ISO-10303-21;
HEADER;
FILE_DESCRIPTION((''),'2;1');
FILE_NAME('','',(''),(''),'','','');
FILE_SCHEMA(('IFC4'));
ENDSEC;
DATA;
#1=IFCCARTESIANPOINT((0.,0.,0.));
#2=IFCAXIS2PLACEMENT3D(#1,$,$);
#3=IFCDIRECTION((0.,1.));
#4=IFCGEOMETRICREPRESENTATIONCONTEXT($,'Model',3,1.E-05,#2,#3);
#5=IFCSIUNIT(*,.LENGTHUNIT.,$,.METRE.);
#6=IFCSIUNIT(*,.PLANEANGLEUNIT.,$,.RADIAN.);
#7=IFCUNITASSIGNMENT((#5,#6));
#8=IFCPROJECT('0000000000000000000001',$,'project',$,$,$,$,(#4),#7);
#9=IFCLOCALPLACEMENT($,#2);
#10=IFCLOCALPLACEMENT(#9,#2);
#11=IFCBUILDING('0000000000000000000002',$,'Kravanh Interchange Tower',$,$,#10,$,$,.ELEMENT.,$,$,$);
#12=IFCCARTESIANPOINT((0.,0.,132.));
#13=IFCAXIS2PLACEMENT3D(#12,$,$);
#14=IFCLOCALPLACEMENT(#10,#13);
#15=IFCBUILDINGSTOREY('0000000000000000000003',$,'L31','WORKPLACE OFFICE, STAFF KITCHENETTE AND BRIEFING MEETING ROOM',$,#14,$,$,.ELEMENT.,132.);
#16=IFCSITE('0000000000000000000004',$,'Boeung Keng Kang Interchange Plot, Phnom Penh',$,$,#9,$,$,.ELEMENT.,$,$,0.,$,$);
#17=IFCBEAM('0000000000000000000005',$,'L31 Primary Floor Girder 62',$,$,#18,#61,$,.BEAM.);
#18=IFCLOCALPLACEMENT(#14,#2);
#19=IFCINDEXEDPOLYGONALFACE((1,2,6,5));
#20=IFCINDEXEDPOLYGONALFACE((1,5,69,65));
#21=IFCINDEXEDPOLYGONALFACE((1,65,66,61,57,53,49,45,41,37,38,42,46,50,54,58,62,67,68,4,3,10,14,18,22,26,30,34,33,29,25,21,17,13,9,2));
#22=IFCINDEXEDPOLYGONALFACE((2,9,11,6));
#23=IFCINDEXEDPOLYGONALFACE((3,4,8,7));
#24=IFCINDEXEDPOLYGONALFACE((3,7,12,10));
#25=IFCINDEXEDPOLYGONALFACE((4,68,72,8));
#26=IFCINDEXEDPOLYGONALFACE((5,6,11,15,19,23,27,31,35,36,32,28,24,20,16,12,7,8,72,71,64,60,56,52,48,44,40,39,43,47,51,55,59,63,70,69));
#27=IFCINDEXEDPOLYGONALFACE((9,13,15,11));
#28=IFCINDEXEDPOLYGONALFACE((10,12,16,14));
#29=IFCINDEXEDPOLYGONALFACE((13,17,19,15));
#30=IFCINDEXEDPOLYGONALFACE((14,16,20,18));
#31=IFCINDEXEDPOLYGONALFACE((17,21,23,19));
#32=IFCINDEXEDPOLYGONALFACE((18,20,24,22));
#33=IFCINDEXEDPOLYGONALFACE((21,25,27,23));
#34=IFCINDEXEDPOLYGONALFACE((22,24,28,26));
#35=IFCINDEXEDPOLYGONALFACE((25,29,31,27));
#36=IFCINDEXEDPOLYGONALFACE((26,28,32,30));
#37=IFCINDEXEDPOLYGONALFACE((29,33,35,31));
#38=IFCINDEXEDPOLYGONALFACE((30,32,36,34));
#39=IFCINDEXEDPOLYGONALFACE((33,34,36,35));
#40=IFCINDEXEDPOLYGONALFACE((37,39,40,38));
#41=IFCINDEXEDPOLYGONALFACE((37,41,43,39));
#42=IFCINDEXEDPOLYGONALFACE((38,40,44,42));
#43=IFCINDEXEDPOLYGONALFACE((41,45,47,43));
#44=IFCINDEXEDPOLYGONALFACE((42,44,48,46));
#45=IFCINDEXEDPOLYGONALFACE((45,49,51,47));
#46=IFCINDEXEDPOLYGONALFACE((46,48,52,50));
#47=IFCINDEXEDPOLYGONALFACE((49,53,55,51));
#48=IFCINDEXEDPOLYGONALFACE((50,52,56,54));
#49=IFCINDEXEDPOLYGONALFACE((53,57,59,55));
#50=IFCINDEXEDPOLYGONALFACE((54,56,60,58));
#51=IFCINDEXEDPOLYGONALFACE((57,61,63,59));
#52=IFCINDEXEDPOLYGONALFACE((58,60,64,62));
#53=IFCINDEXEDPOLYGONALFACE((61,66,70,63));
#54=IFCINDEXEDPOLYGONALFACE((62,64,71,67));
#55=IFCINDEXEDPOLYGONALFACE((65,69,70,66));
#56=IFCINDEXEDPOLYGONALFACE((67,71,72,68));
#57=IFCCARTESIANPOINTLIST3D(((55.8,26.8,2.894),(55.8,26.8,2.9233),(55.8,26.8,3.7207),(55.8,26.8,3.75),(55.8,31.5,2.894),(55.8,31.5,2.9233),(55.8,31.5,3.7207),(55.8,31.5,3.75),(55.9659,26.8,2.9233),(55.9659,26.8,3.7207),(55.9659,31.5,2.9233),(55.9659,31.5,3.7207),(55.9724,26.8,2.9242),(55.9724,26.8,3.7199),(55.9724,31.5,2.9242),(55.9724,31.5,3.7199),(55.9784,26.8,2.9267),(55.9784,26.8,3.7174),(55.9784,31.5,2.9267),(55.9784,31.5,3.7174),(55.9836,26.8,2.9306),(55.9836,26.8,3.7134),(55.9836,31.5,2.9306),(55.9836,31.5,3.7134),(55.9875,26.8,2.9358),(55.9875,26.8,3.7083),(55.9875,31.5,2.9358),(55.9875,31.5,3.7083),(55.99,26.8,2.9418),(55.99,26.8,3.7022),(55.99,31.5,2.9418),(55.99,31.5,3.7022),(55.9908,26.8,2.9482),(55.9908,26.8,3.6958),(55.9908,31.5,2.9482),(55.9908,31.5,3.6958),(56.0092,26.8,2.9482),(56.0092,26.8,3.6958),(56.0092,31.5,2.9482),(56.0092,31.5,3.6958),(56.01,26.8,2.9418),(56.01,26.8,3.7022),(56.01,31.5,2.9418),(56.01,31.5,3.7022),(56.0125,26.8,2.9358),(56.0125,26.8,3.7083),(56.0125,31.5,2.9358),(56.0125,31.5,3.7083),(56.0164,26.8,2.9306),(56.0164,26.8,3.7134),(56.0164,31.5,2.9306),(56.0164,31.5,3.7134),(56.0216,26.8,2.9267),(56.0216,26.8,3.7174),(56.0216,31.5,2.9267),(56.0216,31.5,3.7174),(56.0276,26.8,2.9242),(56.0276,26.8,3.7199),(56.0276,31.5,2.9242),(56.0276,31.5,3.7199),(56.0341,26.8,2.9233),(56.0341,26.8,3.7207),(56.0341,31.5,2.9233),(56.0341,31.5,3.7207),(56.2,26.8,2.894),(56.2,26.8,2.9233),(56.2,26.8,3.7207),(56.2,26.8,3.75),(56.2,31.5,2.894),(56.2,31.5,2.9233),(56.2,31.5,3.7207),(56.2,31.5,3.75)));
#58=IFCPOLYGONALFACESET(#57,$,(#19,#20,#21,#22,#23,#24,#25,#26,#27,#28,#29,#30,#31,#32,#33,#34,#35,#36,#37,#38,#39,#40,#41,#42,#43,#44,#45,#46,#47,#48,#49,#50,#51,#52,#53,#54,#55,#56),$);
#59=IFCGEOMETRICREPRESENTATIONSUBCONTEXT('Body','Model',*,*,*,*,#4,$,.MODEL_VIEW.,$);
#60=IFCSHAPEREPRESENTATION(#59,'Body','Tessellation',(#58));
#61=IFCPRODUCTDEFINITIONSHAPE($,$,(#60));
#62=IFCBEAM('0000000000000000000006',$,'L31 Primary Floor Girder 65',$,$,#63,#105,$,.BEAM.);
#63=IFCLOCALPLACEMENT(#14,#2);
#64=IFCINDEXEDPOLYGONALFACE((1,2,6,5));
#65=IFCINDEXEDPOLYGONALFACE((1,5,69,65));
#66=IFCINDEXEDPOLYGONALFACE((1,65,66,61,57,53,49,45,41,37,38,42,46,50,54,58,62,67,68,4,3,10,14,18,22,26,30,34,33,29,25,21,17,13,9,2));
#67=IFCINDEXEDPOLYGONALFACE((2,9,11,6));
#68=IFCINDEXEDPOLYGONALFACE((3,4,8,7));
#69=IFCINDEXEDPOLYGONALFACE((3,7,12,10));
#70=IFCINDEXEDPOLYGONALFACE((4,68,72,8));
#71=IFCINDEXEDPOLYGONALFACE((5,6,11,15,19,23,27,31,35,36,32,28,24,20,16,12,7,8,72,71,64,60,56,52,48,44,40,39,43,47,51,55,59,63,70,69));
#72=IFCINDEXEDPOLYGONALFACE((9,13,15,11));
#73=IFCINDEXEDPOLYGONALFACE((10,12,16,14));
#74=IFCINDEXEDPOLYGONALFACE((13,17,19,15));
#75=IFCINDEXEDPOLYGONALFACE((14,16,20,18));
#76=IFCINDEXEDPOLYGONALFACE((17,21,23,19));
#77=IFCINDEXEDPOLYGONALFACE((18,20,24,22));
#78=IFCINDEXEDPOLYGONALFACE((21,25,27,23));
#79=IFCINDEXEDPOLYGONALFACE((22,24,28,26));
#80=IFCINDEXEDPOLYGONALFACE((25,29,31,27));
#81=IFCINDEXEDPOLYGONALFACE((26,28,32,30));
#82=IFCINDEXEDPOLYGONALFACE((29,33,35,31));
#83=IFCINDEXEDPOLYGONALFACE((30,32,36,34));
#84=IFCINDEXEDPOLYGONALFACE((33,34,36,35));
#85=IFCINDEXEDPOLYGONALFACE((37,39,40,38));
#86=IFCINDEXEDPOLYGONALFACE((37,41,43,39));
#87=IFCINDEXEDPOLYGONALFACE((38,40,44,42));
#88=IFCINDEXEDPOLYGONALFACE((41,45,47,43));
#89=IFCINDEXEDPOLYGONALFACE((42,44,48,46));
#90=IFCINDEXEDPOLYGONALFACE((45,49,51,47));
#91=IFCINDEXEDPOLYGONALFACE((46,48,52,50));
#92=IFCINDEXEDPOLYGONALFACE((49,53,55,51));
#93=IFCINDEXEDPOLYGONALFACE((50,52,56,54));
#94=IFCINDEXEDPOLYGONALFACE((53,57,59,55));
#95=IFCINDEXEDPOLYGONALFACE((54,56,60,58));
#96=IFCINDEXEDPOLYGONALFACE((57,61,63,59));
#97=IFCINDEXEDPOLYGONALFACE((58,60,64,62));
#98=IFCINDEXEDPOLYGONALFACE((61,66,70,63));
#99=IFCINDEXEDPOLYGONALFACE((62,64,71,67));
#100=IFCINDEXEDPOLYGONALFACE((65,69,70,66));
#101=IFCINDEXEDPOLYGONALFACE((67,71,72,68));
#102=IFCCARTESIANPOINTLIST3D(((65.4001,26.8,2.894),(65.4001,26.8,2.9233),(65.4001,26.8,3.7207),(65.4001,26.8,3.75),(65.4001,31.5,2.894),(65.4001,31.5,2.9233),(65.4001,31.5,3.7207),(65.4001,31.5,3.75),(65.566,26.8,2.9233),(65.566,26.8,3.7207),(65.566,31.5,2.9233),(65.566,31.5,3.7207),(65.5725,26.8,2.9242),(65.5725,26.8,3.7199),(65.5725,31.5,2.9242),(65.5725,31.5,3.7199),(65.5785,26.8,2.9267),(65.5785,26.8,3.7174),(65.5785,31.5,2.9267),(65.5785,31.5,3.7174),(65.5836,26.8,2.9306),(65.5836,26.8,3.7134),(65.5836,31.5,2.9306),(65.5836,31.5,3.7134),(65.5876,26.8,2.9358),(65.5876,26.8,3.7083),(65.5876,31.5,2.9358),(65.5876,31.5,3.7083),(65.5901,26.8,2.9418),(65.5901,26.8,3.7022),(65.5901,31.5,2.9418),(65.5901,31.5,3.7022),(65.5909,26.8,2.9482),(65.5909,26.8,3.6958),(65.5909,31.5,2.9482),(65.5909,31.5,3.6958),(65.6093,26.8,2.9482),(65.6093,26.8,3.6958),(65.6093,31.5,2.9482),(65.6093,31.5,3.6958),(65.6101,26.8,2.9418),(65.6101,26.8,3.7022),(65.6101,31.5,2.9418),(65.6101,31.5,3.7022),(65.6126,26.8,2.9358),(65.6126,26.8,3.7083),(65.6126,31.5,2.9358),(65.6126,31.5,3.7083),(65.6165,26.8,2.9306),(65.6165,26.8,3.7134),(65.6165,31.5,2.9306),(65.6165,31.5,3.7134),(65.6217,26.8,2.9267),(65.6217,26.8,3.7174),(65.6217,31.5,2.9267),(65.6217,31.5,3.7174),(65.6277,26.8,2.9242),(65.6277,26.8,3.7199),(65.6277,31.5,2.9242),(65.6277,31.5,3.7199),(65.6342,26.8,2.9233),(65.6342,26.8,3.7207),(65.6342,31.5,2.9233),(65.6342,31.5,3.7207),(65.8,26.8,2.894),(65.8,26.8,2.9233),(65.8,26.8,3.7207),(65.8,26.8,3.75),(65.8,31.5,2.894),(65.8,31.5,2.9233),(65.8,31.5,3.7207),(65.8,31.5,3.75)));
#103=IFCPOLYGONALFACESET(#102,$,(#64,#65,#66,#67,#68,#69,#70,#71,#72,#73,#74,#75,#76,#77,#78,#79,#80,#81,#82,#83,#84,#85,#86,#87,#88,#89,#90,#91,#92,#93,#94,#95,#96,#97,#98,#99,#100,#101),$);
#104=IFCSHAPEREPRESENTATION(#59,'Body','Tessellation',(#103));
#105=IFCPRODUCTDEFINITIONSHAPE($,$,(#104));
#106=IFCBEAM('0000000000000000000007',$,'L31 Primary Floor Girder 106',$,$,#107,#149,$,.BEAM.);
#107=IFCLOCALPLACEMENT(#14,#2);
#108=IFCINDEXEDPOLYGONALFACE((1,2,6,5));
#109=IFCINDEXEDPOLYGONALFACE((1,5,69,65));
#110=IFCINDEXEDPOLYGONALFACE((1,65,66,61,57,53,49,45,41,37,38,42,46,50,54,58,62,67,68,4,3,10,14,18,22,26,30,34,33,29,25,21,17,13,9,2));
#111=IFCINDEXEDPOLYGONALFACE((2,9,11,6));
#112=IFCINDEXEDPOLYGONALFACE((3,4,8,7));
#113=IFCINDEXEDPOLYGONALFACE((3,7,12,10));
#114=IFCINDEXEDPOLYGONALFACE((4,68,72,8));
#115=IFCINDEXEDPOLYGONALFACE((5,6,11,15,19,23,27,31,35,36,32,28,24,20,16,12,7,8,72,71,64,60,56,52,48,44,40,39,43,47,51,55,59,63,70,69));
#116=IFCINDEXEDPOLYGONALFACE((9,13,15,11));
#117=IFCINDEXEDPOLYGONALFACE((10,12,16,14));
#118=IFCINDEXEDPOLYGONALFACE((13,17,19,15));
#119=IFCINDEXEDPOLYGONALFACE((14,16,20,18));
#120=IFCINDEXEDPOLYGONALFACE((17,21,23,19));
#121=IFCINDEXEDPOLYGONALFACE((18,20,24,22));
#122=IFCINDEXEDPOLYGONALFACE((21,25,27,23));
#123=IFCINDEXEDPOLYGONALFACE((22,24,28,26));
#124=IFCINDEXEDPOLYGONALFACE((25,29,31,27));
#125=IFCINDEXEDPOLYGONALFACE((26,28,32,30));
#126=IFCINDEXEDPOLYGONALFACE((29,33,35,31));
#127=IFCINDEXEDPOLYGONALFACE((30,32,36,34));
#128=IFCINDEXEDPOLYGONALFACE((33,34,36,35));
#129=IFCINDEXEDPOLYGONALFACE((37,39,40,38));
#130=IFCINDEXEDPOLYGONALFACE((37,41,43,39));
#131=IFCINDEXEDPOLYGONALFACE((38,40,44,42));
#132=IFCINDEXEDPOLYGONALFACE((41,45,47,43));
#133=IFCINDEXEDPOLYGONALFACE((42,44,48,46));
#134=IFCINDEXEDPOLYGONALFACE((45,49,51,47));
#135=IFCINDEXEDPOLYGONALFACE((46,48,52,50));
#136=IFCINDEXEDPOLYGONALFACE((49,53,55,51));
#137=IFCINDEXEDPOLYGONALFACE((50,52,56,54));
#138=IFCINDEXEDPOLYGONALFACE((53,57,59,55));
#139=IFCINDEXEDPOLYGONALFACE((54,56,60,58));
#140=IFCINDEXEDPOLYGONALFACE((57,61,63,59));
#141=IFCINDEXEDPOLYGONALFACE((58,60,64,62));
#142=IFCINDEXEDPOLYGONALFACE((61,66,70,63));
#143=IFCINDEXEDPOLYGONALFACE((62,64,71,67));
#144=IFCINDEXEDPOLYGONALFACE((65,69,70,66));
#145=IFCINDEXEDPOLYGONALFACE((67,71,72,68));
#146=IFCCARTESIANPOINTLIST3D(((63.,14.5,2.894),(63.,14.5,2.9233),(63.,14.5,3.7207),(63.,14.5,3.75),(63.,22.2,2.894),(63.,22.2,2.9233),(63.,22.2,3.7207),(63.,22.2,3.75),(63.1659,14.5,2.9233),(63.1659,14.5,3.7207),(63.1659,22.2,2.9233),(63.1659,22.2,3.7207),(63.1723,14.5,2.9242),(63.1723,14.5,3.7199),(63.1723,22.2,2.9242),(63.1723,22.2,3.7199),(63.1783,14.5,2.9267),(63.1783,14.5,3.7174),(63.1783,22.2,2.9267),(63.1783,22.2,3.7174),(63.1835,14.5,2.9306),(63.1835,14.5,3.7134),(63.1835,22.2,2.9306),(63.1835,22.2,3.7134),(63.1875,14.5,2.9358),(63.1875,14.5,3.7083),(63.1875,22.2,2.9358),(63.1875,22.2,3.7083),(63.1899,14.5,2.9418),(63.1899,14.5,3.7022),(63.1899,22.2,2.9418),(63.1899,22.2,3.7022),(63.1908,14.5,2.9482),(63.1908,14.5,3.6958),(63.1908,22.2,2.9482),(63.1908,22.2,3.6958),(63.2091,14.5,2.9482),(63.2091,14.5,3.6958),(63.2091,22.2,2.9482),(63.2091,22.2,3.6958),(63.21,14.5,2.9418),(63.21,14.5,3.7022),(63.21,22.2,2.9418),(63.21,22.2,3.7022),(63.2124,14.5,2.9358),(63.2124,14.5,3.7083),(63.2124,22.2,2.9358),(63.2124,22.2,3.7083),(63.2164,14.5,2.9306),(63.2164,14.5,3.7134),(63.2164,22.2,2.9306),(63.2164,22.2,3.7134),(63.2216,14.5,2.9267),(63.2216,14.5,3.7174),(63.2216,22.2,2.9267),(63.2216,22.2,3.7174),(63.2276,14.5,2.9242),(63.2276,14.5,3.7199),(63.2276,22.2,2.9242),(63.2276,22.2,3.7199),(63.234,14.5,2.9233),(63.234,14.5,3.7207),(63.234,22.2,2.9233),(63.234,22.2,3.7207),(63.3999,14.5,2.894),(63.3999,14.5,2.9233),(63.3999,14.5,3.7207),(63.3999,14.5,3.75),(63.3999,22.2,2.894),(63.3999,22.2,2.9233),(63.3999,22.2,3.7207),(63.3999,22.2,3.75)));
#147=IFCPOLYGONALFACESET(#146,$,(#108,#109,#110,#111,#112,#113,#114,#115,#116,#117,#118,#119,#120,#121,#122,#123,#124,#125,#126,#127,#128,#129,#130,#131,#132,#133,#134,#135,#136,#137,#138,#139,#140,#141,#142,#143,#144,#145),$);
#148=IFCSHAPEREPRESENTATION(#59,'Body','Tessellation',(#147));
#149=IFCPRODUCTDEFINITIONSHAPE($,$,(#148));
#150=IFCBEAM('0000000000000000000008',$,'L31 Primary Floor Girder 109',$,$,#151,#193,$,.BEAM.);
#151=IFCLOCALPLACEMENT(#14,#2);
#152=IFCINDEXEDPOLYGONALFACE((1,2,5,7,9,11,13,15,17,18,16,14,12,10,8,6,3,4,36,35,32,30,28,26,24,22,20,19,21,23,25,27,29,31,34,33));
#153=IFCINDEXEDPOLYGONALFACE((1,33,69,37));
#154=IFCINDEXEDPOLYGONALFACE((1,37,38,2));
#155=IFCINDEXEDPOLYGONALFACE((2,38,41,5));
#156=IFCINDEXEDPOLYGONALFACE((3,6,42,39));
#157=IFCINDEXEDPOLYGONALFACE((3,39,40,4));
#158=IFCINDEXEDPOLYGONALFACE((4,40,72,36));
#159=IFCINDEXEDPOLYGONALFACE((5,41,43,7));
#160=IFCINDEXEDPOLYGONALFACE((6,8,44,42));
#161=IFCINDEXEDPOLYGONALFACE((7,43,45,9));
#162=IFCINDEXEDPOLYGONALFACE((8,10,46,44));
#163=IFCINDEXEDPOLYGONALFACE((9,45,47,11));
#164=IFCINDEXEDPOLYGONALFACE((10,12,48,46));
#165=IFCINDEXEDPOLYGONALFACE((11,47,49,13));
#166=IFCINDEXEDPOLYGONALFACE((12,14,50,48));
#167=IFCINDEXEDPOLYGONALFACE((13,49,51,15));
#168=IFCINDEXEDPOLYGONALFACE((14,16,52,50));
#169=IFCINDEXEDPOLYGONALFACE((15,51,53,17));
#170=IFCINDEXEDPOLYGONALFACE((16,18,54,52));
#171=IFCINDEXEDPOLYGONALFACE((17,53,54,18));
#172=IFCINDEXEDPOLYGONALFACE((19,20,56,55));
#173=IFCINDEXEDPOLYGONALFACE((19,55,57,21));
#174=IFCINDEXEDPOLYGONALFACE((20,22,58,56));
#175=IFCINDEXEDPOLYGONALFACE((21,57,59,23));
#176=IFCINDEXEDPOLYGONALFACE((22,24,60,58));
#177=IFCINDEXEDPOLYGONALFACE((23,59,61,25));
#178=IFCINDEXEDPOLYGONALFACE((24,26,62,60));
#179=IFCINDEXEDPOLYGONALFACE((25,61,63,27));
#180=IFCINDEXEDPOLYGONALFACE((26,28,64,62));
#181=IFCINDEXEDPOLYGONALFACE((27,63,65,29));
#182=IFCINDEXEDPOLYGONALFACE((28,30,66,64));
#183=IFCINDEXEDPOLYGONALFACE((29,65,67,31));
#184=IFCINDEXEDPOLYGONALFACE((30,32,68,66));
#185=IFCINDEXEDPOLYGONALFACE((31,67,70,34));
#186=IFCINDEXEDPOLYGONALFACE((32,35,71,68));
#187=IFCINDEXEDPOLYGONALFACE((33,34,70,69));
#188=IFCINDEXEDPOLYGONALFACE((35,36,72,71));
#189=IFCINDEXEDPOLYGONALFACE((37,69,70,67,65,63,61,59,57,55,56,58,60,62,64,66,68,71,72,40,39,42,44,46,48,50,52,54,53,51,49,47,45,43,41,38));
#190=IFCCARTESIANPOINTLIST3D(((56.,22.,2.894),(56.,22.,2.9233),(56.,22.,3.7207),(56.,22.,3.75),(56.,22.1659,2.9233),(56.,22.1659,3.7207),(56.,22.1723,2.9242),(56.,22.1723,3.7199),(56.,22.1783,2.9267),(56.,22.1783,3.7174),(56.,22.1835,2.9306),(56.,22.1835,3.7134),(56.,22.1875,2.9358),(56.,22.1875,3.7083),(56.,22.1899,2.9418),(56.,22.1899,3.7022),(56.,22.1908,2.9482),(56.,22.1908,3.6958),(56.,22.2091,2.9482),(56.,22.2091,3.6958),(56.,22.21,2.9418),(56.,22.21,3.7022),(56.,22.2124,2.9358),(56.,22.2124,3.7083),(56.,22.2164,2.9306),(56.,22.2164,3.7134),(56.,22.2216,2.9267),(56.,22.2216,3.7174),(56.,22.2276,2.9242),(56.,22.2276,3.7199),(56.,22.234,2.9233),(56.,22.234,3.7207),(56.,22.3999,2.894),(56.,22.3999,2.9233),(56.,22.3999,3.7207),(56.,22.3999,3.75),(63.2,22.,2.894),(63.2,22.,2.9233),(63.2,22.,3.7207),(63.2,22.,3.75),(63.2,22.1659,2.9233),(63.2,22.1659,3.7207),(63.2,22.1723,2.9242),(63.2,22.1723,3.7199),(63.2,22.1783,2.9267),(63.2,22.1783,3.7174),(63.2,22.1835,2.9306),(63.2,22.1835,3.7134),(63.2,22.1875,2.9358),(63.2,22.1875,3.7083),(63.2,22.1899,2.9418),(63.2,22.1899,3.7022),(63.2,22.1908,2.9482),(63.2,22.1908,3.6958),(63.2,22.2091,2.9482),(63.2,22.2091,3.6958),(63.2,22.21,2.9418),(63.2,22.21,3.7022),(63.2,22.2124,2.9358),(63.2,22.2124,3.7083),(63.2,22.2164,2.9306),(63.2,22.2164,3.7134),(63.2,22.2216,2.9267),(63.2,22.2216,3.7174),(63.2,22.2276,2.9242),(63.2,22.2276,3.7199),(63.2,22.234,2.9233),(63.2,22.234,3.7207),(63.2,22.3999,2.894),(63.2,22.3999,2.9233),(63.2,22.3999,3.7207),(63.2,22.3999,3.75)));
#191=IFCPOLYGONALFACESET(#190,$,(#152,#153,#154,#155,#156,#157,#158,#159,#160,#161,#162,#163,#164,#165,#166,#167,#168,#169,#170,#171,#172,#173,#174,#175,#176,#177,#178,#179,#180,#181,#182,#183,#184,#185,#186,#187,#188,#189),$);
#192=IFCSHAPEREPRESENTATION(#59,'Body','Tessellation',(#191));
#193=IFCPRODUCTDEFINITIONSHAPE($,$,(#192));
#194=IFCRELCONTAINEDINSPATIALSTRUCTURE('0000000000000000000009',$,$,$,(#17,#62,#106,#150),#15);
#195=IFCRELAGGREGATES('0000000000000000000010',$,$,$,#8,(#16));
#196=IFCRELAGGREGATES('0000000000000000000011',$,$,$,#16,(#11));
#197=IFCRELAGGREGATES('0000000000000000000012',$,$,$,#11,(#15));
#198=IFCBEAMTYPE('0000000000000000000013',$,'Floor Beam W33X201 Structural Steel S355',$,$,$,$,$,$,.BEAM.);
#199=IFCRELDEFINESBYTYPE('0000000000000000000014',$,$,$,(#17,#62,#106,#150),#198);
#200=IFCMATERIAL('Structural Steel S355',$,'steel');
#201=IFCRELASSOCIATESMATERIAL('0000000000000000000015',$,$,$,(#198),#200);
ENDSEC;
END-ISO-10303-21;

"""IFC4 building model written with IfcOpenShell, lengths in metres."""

from ifc_helpers import new_model, si_unit, direction, frame, origin, origin_2d, place, context, subcontext, project, spatial, i_section, extrude, material, material_profile, profile_set, type_object, element, save


model = new_model("IFC4")

# Units and contexts
model_context = context("Model", 3, precision=1e-05, world=origin(), true_north=direction((0.0, 1.0)))
body_context = subcontext(model_context, "Body", "Model", "MODEL_VIEW")
ifc_project = project(units=[si_unit("LENGTHUNIT", "METRE"), si_unit("PLANEANGLEUNIT", "RADIAN")], contexts=[model_context])

# Site, building, storey
site_placement = place(None, origin())
site = spatial("IfcSite", under=ifc_project, at=site_placement, Name="Boeung Keng Kang Interchange Plot, Phnom Penh", CompositionType="ELEMENT", RefElevation=0.0)
building_placement = place(site_placement, origin())
building = spatial("IfcBuilding", under=site, at=building_placement, Name="Kravanh Interchange Tower", CompositionType="ELEMENT")
storey_placement = place(building_placement, frame((0.0, 0.0, 132.0)))
storey = spatial("IfcBuildingStorey", under=building, at=storey_placement, Name="L31", Description="WORKPLACE OFFICE, STAFF KITCHENETTE AND BRIEFING MEETING ROOM", CompositionType="ELEMENT", Elevation=132.0)

# Beams
ifc_material_1 = material(Name="Structural Steel S355", Category="steel")
ifc_material_profile_1 = material_profile(ifc_material_1, i_section(OverallWidth=0.3999, OverallDepth=0.856, WebThickness=0.0183, FlangeThickness=0.0293, FilletRadius=0.0249, at=origin_2d()), Name="W33X201")
ifc_profile_set_1 = profile_set([ifc_material_profile_1], Name="Structural Steel S355")
beam_type_1 = type_object("IfcBeamType", Name="Floor Beam W33X201 Structural Steel S355", PredefinedType="BEAM", material=ifc_profile_set_1)
for number, where, z_axis, x_axis, name in (
    (1, (56.0, 26.8, 3.322), (0.0, 1.0, 0.0), (-1.0, 0.0, 0.0), "L31 Primary Floor Girder 62"),
    (2, (65.6001, 26.8, 3.322), (0.0, 1.0, 0.0), (-1.0, 0.0, 0.0), "L31 Primary Floor Girder 65"),
):
    element("IfcBeam", number, at=place(storey_placement, frame(where, z_axis=z_axis, x_axis=x_axis)), inside=storey, type_object=beam_type_1, Name=name, PredefinedType="BEAM", context=body_context, shape_type="SweptSolid", body=[
        extrude(i_section(OverallWidth=0.3999, OverallDepth=0.856, WebThickness=0.0183, FlangeThickness=0.0293, FilletRadius=0.0249, at=origin_2d()), origin(), (0.0, 0.0, 1.0), 4.7),
    ])
beam_1_placement = place(storey_placement, frame((63.2, 14.5, 3.322), z_axis=(0.0, 1.0, 0.0), x_axis=(-1.0, 0.0, 0.0)))
element("IfcBeam", 3, at=beam_1_placement, inside=storey, type_object=beam_type_1, Name="L31 Primary Floor Girder 106", PredefinedType="BEAM", context=body_context, shape_type="SweptSolid", body=[
    extrude(i_section(OverallWidth=0.3999, OverallDepth=0.856, WebThickness=0.0183, FlangeThickness=0.0293, FilletRadius=0.0249, at=origin_2d()), origin(), (0.0, 0.0, 1.0), 7.7),
])
beam_2_placement = place(storey_placement, frame((56.0, 22.2, 3.322), z_axis=(1.0, 0.0, 0.0), x_axis=(0.0, 1.0, 0.0)))
element("IfcBeam", 4, at=beam_2_placement, inside=storey, type_object=beam_type_1, Name="L31 Primary Floor Girder 109", PredefinedType="BEAM", context=body_context, shape_type="SweptSolid", body=[
    extrude(i_section(OverallWidth=0.3999, OverallDepth=0.856, WebThickness=0.0183, FlangeThickness=0.0293, FilletRadius=0.0249, at=origin_2d()), origin(), (0.0, 0.0, 1.0), 7.2),
])

save(model, "model.ifc")
